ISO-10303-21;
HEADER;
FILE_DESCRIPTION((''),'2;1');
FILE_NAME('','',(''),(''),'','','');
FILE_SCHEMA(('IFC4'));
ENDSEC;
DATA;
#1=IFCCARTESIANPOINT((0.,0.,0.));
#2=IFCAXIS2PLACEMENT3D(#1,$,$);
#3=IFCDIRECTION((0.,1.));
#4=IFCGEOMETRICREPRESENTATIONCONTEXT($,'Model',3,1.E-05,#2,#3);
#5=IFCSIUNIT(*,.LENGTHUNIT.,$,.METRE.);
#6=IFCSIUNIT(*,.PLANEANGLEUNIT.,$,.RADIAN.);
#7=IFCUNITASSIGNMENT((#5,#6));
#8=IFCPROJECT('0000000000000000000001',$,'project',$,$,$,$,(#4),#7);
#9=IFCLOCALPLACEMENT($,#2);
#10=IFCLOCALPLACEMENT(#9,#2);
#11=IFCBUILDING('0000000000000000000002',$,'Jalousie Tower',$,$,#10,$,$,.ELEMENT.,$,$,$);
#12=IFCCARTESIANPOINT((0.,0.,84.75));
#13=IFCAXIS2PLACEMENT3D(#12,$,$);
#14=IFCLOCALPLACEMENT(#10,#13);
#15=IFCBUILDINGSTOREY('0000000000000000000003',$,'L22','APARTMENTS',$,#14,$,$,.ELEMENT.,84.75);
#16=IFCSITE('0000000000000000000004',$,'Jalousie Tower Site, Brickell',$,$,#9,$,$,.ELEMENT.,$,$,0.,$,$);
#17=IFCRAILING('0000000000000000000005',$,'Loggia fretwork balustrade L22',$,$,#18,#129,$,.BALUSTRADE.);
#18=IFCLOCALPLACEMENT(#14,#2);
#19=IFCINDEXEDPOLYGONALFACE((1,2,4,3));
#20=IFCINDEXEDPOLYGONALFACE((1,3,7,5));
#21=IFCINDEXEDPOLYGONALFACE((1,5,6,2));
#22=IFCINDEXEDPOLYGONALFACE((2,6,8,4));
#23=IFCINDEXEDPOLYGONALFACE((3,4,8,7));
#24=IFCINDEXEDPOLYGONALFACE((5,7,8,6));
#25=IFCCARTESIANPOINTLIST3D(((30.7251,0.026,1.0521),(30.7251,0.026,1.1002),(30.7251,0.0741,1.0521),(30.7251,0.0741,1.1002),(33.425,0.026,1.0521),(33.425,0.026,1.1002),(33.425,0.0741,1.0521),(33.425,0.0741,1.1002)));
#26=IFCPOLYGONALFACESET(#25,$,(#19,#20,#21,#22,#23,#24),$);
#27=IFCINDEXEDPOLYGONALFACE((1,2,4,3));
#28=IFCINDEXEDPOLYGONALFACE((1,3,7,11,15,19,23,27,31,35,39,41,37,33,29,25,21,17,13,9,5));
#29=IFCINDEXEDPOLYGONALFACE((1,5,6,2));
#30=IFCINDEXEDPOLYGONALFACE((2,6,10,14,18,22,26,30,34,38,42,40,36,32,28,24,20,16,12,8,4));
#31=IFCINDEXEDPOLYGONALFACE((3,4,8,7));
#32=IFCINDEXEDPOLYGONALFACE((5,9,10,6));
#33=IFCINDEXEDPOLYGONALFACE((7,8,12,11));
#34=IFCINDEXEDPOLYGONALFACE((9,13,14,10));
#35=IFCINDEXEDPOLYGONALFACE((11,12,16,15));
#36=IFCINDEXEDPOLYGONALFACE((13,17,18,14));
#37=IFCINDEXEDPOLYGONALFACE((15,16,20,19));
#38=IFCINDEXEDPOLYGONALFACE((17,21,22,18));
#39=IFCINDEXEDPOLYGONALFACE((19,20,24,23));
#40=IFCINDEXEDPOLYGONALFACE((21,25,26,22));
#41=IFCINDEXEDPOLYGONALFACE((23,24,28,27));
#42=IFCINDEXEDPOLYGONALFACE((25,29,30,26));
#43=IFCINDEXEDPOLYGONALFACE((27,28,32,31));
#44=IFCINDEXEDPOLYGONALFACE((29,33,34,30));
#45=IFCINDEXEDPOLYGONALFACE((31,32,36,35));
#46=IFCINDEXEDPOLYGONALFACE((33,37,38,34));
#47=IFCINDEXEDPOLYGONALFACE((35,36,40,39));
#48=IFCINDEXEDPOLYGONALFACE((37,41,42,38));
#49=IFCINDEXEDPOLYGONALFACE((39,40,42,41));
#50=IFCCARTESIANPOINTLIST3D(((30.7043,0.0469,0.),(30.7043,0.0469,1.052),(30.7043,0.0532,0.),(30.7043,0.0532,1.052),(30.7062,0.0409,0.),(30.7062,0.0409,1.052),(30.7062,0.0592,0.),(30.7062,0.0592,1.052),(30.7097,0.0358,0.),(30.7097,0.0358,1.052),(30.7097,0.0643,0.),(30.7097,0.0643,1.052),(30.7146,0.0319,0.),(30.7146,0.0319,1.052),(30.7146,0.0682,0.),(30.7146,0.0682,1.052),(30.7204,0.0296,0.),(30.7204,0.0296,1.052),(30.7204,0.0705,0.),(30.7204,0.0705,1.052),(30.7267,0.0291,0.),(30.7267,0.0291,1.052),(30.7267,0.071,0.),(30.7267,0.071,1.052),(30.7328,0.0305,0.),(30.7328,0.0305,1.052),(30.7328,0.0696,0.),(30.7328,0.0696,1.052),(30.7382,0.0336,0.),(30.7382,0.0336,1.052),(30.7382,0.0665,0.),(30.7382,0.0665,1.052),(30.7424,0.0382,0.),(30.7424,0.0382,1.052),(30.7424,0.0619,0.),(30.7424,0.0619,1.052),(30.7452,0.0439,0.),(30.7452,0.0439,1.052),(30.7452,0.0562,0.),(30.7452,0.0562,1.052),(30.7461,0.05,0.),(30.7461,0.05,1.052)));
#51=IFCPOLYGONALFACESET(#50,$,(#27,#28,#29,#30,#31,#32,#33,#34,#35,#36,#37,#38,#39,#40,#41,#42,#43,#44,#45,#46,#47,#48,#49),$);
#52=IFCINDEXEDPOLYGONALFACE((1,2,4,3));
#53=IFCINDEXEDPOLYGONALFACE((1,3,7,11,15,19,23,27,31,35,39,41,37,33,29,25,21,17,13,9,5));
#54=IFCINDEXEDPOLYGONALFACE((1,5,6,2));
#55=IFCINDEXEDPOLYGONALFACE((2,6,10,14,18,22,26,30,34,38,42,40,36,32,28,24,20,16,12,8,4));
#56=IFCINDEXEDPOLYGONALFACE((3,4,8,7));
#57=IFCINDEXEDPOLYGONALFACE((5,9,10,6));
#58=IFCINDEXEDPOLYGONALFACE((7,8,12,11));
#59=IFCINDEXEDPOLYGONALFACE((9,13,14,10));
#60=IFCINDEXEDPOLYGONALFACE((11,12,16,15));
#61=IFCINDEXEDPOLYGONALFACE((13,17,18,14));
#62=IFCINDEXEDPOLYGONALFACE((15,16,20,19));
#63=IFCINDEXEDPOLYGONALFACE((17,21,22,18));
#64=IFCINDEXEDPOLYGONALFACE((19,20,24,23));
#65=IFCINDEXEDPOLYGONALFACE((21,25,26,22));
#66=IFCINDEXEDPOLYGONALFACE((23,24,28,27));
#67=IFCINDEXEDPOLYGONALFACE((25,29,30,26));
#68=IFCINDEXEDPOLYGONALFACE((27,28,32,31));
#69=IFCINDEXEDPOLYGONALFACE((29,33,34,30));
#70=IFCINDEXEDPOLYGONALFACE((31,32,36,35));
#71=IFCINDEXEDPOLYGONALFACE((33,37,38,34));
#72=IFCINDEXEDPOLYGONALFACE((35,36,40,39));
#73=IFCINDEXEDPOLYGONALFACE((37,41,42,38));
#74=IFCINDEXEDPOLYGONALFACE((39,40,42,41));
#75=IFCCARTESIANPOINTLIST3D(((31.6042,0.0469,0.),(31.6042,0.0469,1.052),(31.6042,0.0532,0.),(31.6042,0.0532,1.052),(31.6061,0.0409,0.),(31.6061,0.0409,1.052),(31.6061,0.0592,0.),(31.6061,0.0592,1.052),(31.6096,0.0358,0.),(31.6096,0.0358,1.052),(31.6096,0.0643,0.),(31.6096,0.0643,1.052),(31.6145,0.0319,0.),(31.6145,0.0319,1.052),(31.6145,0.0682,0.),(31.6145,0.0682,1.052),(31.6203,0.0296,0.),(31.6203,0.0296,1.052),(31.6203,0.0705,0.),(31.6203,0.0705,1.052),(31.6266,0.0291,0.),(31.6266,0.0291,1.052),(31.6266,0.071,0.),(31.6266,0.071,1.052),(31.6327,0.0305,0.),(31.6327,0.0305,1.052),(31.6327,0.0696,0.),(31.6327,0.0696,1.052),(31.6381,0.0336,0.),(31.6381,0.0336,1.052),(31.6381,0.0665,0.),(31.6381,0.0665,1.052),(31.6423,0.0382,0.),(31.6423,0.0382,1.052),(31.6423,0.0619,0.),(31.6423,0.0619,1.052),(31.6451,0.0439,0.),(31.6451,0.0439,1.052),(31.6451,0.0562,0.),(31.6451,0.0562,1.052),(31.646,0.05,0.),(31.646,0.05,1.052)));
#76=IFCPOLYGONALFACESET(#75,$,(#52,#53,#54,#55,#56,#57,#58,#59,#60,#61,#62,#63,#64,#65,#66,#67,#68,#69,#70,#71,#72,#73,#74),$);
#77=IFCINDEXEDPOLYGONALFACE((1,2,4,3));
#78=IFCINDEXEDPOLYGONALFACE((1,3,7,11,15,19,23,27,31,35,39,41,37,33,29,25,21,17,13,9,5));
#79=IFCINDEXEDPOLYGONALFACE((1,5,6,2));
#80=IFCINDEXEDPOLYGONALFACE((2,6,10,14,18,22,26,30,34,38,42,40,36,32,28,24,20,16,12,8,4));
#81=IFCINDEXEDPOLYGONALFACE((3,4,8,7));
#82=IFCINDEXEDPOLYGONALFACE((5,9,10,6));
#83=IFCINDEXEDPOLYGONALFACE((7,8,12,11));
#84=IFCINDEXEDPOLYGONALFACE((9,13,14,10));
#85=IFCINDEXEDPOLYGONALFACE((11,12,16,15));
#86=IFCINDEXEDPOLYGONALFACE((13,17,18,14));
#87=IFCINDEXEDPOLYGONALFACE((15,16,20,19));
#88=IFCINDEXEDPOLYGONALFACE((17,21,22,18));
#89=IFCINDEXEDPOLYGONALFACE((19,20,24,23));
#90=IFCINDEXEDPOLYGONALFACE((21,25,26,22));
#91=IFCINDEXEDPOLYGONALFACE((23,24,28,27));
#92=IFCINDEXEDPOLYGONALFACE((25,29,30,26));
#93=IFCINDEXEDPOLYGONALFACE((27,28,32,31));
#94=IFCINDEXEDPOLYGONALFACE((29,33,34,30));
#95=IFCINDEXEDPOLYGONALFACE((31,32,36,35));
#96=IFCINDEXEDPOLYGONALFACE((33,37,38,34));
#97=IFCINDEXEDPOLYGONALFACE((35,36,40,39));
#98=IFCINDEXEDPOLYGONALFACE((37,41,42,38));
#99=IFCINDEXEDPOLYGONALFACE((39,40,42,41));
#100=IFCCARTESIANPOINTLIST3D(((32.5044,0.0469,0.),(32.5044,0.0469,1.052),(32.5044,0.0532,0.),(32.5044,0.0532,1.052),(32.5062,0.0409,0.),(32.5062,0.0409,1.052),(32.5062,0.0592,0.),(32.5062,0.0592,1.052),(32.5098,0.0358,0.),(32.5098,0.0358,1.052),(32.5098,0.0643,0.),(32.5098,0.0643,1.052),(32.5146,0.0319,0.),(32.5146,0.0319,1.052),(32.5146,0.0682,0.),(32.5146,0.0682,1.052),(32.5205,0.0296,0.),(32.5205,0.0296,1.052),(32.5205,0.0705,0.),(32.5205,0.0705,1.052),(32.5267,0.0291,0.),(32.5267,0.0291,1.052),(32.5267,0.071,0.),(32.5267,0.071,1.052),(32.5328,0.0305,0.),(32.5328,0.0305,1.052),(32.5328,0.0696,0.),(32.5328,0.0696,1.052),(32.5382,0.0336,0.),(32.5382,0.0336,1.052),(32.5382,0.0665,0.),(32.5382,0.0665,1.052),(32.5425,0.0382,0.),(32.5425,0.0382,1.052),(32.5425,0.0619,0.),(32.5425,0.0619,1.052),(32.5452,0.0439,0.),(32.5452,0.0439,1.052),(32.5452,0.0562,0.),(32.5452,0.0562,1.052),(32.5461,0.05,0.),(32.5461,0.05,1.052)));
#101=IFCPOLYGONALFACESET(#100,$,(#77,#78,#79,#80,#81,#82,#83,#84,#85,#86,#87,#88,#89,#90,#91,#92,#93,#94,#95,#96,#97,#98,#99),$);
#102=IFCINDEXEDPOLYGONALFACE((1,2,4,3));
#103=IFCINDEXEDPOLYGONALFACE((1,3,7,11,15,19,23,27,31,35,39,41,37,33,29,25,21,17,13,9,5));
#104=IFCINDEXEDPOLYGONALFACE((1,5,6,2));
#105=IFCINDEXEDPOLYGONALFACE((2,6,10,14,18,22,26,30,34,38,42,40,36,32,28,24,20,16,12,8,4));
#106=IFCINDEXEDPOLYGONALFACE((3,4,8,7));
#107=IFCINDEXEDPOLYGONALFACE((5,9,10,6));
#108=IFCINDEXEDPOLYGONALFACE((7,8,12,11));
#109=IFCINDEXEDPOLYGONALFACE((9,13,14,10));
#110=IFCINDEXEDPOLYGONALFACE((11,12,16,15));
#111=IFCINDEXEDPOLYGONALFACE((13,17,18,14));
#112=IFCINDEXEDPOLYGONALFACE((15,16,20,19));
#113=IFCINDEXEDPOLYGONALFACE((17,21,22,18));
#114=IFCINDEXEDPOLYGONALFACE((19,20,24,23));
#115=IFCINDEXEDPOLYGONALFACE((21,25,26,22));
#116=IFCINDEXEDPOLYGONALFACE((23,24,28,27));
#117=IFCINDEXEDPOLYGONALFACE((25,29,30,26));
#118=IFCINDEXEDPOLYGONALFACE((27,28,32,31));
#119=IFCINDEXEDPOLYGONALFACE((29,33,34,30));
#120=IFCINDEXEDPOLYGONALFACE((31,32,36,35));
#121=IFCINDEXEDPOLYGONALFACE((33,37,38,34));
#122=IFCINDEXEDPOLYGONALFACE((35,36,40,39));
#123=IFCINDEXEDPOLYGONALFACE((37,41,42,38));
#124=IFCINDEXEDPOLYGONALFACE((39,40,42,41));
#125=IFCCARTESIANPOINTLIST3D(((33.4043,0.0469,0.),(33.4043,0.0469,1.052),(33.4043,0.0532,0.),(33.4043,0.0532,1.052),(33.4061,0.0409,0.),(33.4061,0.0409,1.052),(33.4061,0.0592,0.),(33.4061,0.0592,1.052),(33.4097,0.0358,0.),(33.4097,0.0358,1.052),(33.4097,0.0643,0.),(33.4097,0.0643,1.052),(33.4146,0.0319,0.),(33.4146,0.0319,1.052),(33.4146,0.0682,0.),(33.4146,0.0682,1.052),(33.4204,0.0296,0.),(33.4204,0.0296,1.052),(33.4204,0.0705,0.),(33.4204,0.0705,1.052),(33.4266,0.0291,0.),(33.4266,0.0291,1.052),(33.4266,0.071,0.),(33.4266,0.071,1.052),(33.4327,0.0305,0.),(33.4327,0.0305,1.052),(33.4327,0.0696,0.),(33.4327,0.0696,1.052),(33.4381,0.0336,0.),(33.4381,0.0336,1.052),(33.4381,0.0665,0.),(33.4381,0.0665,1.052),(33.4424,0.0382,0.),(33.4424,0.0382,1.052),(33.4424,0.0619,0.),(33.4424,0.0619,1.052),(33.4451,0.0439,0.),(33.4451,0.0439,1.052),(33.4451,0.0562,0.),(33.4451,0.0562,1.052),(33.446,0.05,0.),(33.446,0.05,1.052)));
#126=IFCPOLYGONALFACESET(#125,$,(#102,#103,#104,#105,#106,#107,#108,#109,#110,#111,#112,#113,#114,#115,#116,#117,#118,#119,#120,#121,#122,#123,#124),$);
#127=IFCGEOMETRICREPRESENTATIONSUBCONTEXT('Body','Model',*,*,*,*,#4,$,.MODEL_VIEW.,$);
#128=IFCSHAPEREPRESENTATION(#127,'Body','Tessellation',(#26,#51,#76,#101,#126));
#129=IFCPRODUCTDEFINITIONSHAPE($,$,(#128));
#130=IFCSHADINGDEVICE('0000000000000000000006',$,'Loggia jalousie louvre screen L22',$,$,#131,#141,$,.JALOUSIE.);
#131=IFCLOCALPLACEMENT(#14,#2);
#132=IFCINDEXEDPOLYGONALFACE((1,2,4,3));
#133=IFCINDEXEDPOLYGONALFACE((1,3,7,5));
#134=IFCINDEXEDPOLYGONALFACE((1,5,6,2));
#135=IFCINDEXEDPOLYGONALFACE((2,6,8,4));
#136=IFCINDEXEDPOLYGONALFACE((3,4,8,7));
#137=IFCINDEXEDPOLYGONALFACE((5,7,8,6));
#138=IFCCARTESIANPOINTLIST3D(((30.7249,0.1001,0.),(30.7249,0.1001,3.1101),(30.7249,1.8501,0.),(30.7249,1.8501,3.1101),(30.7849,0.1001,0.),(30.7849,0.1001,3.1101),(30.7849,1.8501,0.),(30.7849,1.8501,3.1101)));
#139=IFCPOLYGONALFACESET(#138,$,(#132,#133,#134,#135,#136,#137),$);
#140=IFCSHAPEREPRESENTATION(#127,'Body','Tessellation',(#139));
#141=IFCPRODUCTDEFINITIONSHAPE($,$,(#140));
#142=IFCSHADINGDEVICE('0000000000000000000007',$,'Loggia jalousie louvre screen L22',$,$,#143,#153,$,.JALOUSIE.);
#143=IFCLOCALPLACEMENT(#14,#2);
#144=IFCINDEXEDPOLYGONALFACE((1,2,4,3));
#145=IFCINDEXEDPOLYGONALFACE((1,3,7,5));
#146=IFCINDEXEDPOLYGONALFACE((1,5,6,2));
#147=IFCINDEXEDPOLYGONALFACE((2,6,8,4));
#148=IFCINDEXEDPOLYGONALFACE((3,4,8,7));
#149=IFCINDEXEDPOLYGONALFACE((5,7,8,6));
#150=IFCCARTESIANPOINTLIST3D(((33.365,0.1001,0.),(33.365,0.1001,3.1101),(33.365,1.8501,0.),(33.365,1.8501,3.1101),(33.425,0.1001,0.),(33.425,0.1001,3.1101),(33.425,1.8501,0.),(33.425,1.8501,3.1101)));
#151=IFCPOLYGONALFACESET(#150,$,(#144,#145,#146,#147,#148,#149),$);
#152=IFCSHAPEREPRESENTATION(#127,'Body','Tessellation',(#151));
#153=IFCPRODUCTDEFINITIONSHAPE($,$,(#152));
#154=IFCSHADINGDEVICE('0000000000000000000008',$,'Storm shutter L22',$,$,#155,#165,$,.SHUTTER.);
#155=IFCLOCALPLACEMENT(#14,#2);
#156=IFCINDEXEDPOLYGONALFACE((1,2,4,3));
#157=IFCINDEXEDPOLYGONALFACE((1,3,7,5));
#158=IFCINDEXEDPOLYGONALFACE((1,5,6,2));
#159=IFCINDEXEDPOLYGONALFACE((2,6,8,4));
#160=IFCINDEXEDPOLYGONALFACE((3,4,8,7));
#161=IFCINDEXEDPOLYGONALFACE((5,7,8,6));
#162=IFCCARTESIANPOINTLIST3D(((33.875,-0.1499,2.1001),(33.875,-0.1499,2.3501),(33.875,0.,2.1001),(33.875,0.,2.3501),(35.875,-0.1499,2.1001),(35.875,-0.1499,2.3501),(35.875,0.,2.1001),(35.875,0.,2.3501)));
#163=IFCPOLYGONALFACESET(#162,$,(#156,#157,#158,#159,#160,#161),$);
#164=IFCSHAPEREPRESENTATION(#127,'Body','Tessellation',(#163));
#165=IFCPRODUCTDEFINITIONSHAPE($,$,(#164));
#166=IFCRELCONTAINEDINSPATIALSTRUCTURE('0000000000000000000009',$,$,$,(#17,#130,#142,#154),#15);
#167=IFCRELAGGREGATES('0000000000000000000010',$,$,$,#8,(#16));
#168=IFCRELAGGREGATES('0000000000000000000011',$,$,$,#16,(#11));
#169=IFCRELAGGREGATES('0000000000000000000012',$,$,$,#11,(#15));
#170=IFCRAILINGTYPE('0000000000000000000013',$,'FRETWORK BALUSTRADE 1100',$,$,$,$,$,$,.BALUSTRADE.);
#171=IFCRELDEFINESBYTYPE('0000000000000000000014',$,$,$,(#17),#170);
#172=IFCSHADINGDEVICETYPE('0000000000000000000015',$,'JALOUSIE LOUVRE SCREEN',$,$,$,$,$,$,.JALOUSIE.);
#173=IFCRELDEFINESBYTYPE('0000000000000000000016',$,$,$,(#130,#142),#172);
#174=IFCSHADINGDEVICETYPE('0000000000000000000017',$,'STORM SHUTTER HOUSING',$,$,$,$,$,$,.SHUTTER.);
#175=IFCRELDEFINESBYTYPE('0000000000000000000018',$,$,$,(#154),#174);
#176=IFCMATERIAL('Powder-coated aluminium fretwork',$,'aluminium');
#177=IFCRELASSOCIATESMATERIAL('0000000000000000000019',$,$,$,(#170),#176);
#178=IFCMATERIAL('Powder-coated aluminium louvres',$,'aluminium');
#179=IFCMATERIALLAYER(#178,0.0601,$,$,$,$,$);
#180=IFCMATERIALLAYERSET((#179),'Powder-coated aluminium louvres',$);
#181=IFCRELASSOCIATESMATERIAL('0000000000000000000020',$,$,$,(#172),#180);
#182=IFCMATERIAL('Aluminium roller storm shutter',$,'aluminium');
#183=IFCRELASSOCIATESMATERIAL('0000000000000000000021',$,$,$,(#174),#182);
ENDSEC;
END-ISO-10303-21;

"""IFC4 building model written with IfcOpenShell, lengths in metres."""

from ifc_helpers import new_model, si_unit, direction, frame, origin, origin_2d, place, context, subcontext, project, spatial, rectangle, circle, extrude, material, layer, layer_set, type_object, element, save


model = new_model("IFC4")

# Units and contexts
model_context = context("Model", 3, precision=1e-05, world=origin(), true_north=direction((0.0, 1.0)))
body_context = subcontext(model_context, "Body", "Model", "MODEL_VIEW")
ifc_project = project(units=[si_unit("LENGTHUNIT", "METRE"), si_unit("PLANEANGLEUNIT", "RADIAN")], contexts=[model_context])

# Site, building, storey
site_placement = place(None, origin())
site = spatial("IfcSite", under=ifc_project, at=site_placement, Name="Jalousie Tower Site, Brickell", CompositionType="ELEMENT", RefElevation=0.0)
building_placement = place(site_placement, origin())
building = spatial("IfcBuilding", under=site, at=building_placement, Name="Jalousie Tower", CompositionType="ELEMENT")
storey_placement = place(building_placement, frame((0.0, 0.0, 84.75)))
storey = spatial("IfcBuildingStorey", under=building, at=storey_placement, Name="L22", Description="APARTMENTS", CompositionType="ELEMENT", Elevation=84.75)

# Railing
ifc_material_1 = material(Name="Powder-coated aluminium fretwork", Category="aluminium")
railing_type = type_object("IfcRailingType", Name="FRETWORK BALUSTRADE 1100", PredefinedType="BALUSTRADE", material=ifc_material_1)
railing_placement = place(storey_placement, frame((30.7251, 0.05, 0.0)))
element("IfcRailing", 1, at=railing_placement, inside=storey, type_object=railing_type, Name="Loggia fretwork balustrade L22", PredefinedType="BALUSTRADE", context=body_context, shape_type="SweptSolid", body=[
    extrude(rectangle(XDim=0.0481, YDim=0.0481, at=origin_2d()), frame((0.0, 0.0, 1.0762), z_axis=(1.0, 0.0, 0.0), x_axis=(0.0, 1.0, 0.0)), (0.0, 0.0, 1.0), 2.7),
    extrude(circle(Radius=0.021, at=origin_2d()), origin(), (0.0, 0.0, 1.0), 1.052),
    extrude(circle(Radius=0.021, at=origin_2d()), frame((0.8999, 0.0, 0.0)), (0.0, 0.0, 1.0), 1.052),
    extrude(circle(Radius=0.021, at=origin_2d()), frame((1.8, 0.0, 0.0)), (0.0, 0.0, 1.0), 1.052),
    extrude(circle(Radius=0.021, at=origin_2d()), frame((2.7, 0.0, 0.0)), (0.0, 0.0, 1.0), 1.052),
])

# Shading devices
ifc_material_2 = material(Name="Powder-coated aluminium louvres", Category="aluminium")
ifc_layer_1 = layer(ifc_material_2, 0.0601)
ifc_layer_set_1 = layer_set([ifc_layer_1], Name="Powder-coated aluminium louvres")
shading_device_type_1 = type_object("IfcShadingDeviceType", Name="JALOUSIE LOUVRE SCREEN", PredefinedType="JALOUSIE", material=ifc_layer_set_1)
for number, where, z_axis, x_axis, name in (
    (2, (30.7549, 0.9751, 0.0), (0.0, 0.0, 1.0), (1.0, 0.0, 0.0), "Loggia jalousie louvre screen L22"),
    (3, (33.395, 0.9751, 0.0), (0.0, 0.0, 1.0), (1.0, 0.0, 0.0), "Loggia jalousie louvre screen L22"),
):
    element("IfcShadingDevice", number, at=place(storey_placement, frame(where, z_axis=z_axis, x_axis=x_axis)), inside=storey, type_object=shading_device_type_1, Name=name, PredefinedType="JALOUSIE", context=body_context, shape_type="SweptSolid", body=[
        extrude(rectangle(XDim=0.0601, YDim=1.75, at=origin_2d()), origin(), (0.0, 0.0, 1.0), 3.1101),
    ])
ifc_material_3 = material(Name="Aluminium roller storm shutter", Category="aluminium")
shading_device_type_2 = type_object("IfcShadingDeviceType", Name="STORM SHUTTER HOUSING", PredefinedType="SHUTTER", material=ifc_material_3)
shading_device_placement = place(storey_placement, frame((34.875, -0.075, 2.1001), z_axis=(0.0, 0.0, 1.0), x_axis=(1.0, 0.0, 0.0)))
element("IfcShadingDevice", 4, at=shading_device_placement, inside=storey, type_object=shading_device_type_2, Name="Storm shutter L22", PredefinedType="SHUTTER", context=body_context, shape_type="SweptSolid", body=[
    extrude(rectangle(XDim=2.0, YDim=0.1499, at=origin_2d()), origin(), (0.0, 0.0, 1.0), 0.25),
])

save(model, "model.ifc")
